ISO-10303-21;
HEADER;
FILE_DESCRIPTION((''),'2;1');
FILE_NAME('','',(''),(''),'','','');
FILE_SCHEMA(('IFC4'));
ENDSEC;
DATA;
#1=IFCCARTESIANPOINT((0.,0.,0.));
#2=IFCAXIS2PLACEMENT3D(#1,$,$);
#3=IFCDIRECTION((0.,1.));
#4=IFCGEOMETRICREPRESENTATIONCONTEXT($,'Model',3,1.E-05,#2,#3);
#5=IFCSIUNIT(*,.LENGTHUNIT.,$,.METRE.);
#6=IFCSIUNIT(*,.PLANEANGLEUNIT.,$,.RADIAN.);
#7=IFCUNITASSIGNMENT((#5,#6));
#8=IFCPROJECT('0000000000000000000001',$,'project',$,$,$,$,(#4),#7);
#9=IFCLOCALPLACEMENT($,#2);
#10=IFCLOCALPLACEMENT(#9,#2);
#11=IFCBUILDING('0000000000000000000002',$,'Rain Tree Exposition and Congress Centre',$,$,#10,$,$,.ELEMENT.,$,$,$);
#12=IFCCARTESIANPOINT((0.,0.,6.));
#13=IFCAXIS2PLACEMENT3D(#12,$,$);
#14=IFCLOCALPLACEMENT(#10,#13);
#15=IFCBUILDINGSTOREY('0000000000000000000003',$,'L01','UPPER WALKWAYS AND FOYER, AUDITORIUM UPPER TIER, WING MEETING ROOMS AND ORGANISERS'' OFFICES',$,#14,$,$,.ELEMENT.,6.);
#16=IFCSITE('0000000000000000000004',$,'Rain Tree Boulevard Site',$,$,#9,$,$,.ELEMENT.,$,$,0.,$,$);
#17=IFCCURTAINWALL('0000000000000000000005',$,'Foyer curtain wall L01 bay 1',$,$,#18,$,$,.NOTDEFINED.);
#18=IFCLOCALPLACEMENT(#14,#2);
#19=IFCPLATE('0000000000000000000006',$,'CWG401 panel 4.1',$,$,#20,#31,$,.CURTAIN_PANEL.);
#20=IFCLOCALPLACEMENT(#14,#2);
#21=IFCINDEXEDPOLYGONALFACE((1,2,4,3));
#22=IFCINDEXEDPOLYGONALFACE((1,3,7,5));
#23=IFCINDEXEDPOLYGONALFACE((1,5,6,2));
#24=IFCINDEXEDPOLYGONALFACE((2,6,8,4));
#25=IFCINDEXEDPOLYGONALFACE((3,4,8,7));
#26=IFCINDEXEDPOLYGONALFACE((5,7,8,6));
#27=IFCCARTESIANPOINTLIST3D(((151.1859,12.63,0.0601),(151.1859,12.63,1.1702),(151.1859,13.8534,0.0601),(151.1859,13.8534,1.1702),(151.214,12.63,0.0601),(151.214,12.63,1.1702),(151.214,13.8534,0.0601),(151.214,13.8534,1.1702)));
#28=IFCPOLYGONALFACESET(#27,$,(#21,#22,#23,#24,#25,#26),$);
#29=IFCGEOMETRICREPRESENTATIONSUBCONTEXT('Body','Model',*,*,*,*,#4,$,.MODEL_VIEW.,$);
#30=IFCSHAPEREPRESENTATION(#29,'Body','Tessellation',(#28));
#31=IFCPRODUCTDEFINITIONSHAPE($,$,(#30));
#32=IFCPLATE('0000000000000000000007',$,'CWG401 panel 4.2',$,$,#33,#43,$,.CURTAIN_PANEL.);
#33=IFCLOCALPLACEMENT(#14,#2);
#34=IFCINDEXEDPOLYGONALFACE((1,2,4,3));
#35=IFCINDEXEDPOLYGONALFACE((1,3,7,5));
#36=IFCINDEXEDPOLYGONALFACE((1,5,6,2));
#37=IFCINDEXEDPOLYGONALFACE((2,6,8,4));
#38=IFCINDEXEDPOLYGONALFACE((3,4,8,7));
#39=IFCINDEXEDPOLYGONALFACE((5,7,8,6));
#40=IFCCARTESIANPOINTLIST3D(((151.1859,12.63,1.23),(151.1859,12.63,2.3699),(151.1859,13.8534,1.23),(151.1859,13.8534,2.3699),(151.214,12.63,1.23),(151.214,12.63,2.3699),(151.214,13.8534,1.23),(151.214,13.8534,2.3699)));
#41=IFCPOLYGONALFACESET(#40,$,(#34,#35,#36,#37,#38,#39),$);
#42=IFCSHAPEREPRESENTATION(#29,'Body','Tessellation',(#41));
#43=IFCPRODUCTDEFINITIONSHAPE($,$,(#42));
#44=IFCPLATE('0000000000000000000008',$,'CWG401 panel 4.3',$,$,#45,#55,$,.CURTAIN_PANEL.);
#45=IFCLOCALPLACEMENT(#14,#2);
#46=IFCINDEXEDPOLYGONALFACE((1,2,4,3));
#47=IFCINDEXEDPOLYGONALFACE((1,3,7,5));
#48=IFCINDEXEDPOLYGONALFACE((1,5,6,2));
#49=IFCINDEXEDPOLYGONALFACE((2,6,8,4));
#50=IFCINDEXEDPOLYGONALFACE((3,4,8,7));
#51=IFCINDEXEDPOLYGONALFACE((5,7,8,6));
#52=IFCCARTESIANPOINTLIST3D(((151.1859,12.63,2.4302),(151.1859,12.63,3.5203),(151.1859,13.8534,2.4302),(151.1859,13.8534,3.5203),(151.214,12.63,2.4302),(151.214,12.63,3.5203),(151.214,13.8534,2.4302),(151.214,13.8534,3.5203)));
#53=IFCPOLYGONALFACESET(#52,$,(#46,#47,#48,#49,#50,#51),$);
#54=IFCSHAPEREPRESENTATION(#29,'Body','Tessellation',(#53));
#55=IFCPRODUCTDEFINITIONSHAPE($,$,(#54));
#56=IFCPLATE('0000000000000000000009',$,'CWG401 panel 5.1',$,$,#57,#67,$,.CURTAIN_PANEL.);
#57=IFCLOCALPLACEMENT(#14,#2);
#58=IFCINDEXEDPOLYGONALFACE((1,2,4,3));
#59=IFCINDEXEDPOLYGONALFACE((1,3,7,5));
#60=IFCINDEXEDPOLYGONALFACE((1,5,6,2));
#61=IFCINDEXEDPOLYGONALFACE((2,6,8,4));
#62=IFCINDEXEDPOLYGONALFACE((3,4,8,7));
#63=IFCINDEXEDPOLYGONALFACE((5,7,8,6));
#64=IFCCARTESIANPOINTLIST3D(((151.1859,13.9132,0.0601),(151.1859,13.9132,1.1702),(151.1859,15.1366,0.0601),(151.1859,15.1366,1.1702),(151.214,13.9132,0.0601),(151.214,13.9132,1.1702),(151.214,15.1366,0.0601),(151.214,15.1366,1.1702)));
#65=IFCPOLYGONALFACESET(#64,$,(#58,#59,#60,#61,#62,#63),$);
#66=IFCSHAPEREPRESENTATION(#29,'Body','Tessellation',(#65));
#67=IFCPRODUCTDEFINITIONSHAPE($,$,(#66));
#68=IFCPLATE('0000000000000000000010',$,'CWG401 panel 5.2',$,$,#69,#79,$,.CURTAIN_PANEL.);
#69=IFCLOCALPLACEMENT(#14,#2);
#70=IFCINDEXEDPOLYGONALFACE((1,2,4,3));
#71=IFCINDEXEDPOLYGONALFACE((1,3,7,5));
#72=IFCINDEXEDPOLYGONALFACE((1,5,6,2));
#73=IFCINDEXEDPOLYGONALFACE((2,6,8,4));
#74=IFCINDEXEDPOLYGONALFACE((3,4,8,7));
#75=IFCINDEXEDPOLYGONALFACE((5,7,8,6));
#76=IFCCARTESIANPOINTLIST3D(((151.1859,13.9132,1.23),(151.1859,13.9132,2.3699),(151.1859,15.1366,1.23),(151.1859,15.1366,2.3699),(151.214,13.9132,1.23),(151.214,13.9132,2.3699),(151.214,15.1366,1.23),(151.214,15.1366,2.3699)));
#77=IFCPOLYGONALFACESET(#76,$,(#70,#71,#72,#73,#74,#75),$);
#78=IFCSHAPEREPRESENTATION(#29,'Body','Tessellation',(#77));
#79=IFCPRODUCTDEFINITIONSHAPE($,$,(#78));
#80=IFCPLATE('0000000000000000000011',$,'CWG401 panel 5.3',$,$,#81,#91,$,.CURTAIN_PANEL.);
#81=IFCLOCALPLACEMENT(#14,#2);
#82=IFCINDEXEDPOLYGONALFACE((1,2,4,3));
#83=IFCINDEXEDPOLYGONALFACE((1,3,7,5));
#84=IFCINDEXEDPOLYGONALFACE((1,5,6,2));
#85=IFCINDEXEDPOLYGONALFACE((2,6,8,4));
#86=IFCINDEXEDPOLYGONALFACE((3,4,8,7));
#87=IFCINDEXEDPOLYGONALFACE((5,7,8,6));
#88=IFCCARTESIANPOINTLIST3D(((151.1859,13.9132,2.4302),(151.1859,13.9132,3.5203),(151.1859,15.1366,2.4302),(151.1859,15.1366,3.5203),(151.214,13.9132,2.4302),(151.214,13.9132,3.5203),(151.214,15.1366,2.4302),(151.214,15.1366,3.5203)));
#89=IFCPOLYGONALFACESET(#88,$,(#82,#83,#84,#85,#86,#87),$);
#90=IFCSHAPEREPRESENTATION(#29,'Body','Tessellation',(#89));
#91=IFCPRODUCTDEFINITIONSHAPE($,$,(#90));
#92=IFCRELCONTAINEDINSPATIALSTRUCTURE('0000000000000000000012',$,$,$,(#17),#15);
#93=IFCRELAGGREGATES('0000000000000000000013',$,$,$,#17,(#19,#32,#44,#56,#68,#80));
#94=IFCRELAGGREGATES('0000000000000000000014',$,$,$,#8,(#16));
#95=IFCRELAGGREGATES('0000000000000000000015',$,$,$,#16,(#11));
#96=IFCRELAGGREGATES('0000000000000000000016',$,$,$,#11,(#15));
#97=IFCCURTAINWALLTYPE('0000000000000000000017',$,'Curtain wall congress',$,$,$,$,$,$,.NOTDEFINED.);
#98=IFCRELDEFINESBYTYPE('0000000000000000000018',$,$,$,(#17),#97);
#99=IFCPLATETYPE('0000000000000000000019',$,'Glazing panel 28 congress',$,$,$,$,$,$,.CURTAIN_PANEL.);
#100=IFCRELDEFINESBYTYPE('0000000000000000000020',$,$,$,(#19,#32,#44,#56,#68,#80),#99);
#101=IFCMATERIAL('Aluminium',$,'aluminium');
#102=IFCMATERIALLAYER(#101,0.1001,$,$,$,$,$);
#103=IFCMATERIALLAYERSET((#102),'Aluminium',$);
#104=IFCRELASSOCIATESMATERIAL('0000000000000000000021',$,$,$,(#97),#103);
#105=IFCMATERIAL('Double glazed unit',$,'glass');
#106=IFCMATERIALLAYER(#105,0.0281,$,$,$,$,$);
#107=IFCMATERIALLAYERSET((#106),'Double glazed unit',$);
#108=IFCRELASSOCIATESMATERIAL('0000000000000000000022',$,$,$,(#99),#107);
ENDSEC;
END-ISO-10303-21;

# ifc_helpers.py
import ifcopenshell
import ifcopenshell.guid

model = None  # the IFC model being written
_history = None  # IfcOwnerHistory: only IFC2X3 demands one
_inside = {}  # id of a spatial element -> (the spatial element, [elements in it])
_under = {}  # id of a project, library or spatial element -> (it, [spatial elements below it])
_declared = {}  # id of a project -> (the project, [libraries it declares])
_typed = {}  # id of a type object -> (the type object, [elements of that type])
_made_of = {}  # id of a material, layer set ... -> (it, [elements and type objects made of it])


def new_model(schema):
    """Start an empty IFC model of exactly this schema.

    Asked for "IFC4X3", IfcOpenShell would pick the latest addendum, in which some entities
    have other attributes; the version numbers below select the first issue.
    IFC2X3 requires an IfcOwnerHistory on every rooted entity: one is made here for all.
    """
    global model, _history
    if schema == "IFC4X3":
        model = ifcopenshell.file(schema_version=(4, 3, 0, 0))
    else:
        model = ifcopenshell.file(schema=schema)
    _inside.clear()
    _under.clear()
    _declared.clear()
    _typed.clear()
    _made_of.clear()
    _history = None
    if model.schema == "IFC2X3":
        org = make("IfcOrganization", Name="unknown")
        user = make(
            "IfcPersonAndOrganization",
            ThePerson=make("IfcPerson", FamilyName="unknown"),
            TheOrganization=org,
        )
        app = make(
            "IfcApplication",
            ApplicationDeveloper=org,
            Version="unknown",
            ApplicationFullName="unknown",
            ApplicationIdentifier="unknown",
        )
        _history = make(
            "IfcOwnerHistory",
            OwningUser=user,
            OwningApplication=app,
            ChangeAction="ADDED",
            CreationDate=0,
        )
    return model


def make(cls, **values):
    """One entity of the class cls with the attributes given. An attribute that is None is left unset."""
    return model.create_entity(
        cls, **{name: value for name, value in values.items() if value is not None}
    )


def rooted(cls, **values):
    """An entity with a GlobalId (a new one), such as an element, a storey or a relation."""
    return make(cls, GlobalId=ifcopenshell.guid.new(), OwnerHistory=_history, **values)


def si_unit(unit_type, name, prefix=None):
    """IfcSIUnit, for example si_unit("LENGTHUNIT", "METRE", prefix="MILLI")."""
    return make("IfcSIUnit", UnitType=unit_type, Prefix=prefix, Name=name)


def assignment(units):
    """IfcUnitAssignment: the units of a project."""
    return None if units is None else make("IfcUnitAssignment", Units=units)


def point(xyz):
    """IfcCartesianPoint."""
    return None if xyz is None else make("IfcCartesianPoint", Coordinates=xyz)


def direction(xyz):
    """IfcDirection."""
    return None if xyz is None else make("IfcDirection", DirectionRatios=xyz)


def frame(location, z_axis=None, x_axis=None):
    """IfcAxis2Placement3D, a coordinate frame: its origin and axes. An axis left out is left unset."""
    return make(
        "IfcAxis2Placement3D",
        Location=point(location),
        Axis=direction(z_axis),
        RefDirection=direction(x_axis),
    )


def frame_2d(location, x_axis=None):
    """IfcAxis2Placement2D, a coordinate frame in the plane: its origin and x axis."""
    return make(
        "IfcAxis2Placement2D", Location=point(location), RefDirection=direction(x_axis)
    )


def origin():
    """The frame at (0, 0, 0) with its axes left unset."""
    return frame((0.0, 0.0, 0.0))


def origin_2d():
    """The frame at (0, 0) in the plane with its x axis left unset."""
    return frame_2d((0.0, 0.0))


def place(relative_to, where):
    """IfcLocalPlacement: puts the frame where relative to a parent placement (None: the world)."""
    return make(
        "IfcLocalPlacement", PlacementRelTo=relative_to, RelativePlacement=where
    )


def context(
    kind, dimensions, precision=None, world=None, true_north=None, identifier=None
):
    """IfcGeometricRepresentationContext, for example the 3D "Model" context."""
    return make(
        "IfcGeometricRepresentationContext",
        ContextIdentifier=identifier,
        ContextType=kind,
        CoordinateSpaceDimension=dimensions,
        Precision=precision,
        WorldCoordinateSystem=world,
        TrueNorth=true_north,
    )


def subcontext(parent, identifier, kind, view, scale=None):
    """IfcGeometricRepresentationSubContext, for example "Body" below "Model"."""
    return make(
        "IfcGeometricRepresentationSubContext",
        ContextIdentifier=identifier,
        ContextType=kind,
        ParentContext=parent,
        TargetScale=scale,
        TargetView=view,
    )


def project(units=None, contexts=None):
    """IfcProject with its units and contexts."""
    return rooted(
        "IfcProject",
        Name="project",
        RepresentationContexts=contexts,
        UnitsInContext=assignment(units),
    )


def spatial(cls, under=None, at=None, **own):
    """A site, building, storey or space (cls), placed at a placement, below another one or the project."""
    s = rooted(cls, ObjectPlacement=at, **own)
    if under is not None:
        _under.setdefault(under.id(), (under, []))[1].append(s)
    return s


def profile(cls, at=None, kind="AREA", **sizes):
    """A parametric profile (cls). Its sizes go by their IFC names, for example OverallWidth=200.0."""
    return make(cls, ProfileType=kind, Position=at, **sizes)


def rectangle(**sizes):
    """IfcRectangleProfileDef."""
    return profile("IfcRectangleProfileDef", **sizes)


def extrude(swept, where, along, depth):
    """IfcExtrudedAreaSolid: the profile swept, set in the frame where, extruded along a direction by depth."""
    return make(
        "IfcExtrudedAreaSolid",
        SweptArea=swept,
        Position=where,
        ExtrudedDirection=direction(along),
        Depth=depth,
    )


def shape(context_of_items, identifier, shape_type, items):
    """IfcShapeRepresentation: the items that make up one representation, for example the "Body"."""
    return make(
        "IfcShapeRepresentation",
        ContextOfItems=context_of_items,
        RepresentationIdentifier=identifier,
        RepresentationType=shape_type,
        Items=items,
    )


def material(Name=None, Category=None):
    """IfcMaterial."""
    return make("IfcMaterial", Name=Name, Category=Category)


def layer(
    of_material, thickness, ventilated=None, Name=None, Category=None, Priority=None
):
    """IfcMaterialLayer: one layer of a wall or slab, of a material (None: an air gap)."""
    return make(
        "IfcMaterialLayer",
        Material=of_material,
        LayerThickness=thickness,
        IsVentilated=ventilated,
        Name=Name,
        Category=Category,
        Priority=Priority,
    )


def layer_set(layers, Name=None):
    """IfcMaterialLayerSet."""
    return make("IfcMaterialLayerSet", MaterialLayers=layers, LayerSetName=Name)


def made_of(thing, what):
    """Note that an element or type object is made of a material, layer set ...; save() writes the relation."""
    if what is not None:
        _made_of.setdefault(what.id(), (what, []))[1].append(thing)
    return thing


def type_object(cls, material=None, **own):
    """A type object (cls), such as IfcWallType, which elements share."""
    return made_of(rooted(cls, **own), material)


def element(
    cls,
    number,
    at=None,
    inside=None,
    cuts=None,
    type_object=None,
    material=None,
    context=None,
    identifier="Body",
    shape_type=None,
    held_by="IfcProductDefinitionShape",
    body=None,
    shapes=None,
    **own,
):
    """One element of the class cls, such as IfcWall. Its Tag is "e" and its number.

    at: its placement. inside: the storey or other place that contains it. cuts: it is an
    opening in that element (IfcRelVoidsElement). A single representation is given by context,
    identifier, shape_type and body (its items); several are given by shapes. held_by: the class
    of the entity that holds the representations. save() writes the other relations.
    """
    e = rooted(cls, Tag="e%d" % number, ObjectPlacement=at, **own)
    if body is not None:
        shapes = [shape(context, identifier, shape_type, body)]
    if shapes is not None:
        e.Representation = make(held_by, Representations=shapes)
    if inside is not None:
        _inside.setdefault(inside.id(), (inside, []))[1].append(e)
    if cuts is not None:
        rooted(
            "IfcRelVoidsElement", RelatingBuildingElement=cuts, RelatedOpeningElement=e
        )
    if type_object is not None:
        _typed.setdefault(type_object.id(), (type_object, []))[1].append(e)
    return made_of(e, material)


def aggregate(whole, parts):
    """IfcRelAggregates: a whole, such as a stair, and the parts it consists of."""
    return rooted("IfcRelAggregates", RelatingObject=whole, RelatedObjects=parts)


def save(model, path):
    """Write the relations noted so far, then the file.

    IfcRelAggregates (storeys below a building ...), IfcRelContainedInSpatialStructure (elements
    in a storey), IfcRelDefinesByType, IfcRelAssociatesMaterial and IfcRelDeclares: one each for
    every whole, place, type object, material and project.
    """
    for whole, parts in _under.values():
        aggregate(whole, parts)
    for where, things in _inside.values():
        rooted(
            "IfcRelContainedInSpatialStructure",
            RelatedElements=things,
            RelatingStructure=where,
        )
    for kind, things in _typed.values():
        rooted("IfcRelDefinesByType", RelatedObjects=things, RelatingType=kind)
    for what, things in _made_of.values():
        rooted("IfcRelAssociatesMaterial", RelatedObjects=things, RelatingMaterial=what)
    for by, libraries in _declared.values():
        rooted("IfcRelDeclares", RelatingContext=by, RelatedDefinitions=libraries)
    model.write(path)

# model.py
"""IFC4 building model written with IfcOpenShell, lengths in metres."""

from ifc_helpers import new_model, si_unit, direction, frame, origin, origin_2d, place, context, subcontext, project, spatial, rectangle, extrude, material, layer, layer_set, type_object, element, aggregate, save


model = new_model("IFC4")

# Units and contexts
model_context = context("Model", 3, precision=1e-05, world=origin(), true_north=direction((0.0, 1.0)))
body_context = subcontext(model_context, "Body", "Model", "MODEL_VIEW")
ifc_project = project(units=[si_unit("LENGTHUNIT", "METRE"), si_unit("PLANEANGLEUNIT", "RADIAN")], contexts=[model_context])

# Site, building, storey
site_placement = place(None, origin())
site = spatial("IfcSite", under=ifc_project, at=site_placement, Name="Rain Tree Boulevard Site", CompositionType="ELEMENT", RefElevation=0.0)
building_placement = place(site_placement, origin())
building = spatial("IfcBuilding", under=site, at=building_placement, Name="Rain Tree Exposition and Congress Centre", CompositionType="ELEMENT")
storey_placement = place(building_placement, frame((0.0, 0.0, 6.0)))
storey = spatial("IfcBuildingStorey", under=building, at=storey_placement, Name="L01", Description="UPPER WALKWAYS AND FOYER, AUDITORIUM UPPER TIER, WING MEETING ROOMS AND ORGANISERS' OFFICES", CompositionType="ELEMENT", Elevation=6.0)

# Curtain wall, plates
ifc_material_1 = material(Name="Aluminium", Category="aluminium")
ifc_layer_1 = layer(ifc_material_1, 0.1001)
ifc_layer_set_1 = layer_set([ifc_layer_1], Name="Aluminium")
curtain_wall_type = type_object("IfcCurtainWallType", Name="Curtain wall congress", PredefinedType="NOTDEFINED", material=ifc_layer_set_1)
curtain_wall_placement = place(storey_placement, origin())
curtain_wall = element("IfcCurtainWall", 1, at=curtain_wall_placement, inside=storey, type_object=curtain_wall_type, Name="Foyer curtain wall L01 bay 1", PredefinedType="NOTDEFINED")
ifc_material_2 = material(Name="Double glazed unit", Category="glass")
ifc_layer_2 = layer(ifc_material_2, 0.0281)
ifc_layer_set_2 = layer_set([ifc_layer_2], Name="Double glazed unit")
plate_type = type_object("IfcPlateType", Name="Glazing panel 28 congress", PredefinedType="CURTAIN_PANEL", material=ifc_layer_set_2)
plate_1_placement = place(storey_placement, frame((151.2, 13.2417, 0.0601), z_axis=(0.0, 0.0, 1.0), x_axis=(0.0, 1.0, 0.0)))
plate_1 = element("IfcPlate", 2, at=plate_1_placement, type_object=plate_type, Name="CWG401 panel 4.1", PredefinedType="CURTAIN_PANEL", context=body_context, shape_type="SweptSolid", body=[
    extrude(rectangle(XDim=1.2234, YDim=0.0281, at=origin_2d()), origin(), (0.0, 0.0, 1.0), 1.1101),
])
plate_2_placement = place(storey_placement, frame((151.2, 13.2417, 1.23), z_axis=(0.0, 0.0, 1.0), x_axis=(0.0, 1.0, 0.0)))
plate_2 = element("IfcPlate", 3, at=plate_2_placement, type_object=plate_type, Name="CWG401 panel 4.2", PredefinedType="CURTAIN_PANEL", context=body_context, shape_type="SweptSolid", body=[
    extrude(rectangle(XDim=1.2234, YDim=0.0281, at=origin_2d()), origin(), (0.0, 0.0, 1.0), 1.1399),
])
plate_3_placement = place(storey_placement, frame((151.2, 13.2417, 2.4302), z_axis=(0.0, 0.0, 1.0), x_axis=(0.0, 1.0, 0.0)))
plate_3 = element("IfcPlate", 4, at=plate_3_placement, type_object=plate_type, Name="CWG401 panel 4.3", PredefinedType="CURTAIN_PANEL", context=body_context, shape_type="SweptSolid", body=[
    extrude(rectangle(XDim=1.2234, YDim=0.0281, at=origin_2d()), origin(), (0.0, 0.0, 1.0), 1.0901),
])
plate_4_placement = place(storey_placement, frame((151.2, 14.5249, 0.0601), z_axis=(0.0, 0.0, 1.0), x_axis=(0.0, 1.0, 0.0)))
plate_4 = element("IfcPlate", 5, at=plate_4_placement, type_object=plate_type, Name="CWG401 panel 5.1", PredefinedType="CURTAIN_PANEL", context=body_context, shape_type="SweptSolid", body=[
    extrude(rectangle(XDim=1.2234, YDim=0.0281, at=origin_2d()), origin(), (0.0, 0.0, 1.0), 1.1101),
])
plate_5_placement = place(storey_placement, frame((151.2, 14.5249, 1.23), z_axis=(0.0, 0.0, 1.0), x_axis=(0.0, 1.0, 0.0)))
plate_5 = element("IfcPlate", 6, at=plate_5_placement, type_object=plate_type, Name="CWG401 panel 5.2", PredefinedType="CURTAIN_PANEL", context=body_context, shape_type="SweptSolid", body=[
    extrude(rectangle(XDim=1.2234, YDim=0.0281, at=origin_2d()), origin(), (0.0, 0.0, 1.0), 1.1399),
])
plate_6_placement = place(storey_placement, frame((151.2, 14.5249, 2.4302), z_axis=(0.0, 0.0, 1.0), x_axis=(0.0, 1.0, 0.0)))
plate_6 = element("IfcPlate", 7, at=plate_6_placement, type_object=plate_type, Name="CWG401 panel 5.3", PredefinedType="CURTAIN_PANEL", context=body_context, shape_type="SweptSolid", body=[
    extrude(rectangle(XDim=1.2234, YDim=0.0281, at=origin_2d()), origin(), (0.0, 0.0, 1.0), 1.0901),
])
aggregate(curtain_wall, [plate_1, plate_2, plate_3, plate_4, plate_5, plate_6])

save(model, "model.ifc")
